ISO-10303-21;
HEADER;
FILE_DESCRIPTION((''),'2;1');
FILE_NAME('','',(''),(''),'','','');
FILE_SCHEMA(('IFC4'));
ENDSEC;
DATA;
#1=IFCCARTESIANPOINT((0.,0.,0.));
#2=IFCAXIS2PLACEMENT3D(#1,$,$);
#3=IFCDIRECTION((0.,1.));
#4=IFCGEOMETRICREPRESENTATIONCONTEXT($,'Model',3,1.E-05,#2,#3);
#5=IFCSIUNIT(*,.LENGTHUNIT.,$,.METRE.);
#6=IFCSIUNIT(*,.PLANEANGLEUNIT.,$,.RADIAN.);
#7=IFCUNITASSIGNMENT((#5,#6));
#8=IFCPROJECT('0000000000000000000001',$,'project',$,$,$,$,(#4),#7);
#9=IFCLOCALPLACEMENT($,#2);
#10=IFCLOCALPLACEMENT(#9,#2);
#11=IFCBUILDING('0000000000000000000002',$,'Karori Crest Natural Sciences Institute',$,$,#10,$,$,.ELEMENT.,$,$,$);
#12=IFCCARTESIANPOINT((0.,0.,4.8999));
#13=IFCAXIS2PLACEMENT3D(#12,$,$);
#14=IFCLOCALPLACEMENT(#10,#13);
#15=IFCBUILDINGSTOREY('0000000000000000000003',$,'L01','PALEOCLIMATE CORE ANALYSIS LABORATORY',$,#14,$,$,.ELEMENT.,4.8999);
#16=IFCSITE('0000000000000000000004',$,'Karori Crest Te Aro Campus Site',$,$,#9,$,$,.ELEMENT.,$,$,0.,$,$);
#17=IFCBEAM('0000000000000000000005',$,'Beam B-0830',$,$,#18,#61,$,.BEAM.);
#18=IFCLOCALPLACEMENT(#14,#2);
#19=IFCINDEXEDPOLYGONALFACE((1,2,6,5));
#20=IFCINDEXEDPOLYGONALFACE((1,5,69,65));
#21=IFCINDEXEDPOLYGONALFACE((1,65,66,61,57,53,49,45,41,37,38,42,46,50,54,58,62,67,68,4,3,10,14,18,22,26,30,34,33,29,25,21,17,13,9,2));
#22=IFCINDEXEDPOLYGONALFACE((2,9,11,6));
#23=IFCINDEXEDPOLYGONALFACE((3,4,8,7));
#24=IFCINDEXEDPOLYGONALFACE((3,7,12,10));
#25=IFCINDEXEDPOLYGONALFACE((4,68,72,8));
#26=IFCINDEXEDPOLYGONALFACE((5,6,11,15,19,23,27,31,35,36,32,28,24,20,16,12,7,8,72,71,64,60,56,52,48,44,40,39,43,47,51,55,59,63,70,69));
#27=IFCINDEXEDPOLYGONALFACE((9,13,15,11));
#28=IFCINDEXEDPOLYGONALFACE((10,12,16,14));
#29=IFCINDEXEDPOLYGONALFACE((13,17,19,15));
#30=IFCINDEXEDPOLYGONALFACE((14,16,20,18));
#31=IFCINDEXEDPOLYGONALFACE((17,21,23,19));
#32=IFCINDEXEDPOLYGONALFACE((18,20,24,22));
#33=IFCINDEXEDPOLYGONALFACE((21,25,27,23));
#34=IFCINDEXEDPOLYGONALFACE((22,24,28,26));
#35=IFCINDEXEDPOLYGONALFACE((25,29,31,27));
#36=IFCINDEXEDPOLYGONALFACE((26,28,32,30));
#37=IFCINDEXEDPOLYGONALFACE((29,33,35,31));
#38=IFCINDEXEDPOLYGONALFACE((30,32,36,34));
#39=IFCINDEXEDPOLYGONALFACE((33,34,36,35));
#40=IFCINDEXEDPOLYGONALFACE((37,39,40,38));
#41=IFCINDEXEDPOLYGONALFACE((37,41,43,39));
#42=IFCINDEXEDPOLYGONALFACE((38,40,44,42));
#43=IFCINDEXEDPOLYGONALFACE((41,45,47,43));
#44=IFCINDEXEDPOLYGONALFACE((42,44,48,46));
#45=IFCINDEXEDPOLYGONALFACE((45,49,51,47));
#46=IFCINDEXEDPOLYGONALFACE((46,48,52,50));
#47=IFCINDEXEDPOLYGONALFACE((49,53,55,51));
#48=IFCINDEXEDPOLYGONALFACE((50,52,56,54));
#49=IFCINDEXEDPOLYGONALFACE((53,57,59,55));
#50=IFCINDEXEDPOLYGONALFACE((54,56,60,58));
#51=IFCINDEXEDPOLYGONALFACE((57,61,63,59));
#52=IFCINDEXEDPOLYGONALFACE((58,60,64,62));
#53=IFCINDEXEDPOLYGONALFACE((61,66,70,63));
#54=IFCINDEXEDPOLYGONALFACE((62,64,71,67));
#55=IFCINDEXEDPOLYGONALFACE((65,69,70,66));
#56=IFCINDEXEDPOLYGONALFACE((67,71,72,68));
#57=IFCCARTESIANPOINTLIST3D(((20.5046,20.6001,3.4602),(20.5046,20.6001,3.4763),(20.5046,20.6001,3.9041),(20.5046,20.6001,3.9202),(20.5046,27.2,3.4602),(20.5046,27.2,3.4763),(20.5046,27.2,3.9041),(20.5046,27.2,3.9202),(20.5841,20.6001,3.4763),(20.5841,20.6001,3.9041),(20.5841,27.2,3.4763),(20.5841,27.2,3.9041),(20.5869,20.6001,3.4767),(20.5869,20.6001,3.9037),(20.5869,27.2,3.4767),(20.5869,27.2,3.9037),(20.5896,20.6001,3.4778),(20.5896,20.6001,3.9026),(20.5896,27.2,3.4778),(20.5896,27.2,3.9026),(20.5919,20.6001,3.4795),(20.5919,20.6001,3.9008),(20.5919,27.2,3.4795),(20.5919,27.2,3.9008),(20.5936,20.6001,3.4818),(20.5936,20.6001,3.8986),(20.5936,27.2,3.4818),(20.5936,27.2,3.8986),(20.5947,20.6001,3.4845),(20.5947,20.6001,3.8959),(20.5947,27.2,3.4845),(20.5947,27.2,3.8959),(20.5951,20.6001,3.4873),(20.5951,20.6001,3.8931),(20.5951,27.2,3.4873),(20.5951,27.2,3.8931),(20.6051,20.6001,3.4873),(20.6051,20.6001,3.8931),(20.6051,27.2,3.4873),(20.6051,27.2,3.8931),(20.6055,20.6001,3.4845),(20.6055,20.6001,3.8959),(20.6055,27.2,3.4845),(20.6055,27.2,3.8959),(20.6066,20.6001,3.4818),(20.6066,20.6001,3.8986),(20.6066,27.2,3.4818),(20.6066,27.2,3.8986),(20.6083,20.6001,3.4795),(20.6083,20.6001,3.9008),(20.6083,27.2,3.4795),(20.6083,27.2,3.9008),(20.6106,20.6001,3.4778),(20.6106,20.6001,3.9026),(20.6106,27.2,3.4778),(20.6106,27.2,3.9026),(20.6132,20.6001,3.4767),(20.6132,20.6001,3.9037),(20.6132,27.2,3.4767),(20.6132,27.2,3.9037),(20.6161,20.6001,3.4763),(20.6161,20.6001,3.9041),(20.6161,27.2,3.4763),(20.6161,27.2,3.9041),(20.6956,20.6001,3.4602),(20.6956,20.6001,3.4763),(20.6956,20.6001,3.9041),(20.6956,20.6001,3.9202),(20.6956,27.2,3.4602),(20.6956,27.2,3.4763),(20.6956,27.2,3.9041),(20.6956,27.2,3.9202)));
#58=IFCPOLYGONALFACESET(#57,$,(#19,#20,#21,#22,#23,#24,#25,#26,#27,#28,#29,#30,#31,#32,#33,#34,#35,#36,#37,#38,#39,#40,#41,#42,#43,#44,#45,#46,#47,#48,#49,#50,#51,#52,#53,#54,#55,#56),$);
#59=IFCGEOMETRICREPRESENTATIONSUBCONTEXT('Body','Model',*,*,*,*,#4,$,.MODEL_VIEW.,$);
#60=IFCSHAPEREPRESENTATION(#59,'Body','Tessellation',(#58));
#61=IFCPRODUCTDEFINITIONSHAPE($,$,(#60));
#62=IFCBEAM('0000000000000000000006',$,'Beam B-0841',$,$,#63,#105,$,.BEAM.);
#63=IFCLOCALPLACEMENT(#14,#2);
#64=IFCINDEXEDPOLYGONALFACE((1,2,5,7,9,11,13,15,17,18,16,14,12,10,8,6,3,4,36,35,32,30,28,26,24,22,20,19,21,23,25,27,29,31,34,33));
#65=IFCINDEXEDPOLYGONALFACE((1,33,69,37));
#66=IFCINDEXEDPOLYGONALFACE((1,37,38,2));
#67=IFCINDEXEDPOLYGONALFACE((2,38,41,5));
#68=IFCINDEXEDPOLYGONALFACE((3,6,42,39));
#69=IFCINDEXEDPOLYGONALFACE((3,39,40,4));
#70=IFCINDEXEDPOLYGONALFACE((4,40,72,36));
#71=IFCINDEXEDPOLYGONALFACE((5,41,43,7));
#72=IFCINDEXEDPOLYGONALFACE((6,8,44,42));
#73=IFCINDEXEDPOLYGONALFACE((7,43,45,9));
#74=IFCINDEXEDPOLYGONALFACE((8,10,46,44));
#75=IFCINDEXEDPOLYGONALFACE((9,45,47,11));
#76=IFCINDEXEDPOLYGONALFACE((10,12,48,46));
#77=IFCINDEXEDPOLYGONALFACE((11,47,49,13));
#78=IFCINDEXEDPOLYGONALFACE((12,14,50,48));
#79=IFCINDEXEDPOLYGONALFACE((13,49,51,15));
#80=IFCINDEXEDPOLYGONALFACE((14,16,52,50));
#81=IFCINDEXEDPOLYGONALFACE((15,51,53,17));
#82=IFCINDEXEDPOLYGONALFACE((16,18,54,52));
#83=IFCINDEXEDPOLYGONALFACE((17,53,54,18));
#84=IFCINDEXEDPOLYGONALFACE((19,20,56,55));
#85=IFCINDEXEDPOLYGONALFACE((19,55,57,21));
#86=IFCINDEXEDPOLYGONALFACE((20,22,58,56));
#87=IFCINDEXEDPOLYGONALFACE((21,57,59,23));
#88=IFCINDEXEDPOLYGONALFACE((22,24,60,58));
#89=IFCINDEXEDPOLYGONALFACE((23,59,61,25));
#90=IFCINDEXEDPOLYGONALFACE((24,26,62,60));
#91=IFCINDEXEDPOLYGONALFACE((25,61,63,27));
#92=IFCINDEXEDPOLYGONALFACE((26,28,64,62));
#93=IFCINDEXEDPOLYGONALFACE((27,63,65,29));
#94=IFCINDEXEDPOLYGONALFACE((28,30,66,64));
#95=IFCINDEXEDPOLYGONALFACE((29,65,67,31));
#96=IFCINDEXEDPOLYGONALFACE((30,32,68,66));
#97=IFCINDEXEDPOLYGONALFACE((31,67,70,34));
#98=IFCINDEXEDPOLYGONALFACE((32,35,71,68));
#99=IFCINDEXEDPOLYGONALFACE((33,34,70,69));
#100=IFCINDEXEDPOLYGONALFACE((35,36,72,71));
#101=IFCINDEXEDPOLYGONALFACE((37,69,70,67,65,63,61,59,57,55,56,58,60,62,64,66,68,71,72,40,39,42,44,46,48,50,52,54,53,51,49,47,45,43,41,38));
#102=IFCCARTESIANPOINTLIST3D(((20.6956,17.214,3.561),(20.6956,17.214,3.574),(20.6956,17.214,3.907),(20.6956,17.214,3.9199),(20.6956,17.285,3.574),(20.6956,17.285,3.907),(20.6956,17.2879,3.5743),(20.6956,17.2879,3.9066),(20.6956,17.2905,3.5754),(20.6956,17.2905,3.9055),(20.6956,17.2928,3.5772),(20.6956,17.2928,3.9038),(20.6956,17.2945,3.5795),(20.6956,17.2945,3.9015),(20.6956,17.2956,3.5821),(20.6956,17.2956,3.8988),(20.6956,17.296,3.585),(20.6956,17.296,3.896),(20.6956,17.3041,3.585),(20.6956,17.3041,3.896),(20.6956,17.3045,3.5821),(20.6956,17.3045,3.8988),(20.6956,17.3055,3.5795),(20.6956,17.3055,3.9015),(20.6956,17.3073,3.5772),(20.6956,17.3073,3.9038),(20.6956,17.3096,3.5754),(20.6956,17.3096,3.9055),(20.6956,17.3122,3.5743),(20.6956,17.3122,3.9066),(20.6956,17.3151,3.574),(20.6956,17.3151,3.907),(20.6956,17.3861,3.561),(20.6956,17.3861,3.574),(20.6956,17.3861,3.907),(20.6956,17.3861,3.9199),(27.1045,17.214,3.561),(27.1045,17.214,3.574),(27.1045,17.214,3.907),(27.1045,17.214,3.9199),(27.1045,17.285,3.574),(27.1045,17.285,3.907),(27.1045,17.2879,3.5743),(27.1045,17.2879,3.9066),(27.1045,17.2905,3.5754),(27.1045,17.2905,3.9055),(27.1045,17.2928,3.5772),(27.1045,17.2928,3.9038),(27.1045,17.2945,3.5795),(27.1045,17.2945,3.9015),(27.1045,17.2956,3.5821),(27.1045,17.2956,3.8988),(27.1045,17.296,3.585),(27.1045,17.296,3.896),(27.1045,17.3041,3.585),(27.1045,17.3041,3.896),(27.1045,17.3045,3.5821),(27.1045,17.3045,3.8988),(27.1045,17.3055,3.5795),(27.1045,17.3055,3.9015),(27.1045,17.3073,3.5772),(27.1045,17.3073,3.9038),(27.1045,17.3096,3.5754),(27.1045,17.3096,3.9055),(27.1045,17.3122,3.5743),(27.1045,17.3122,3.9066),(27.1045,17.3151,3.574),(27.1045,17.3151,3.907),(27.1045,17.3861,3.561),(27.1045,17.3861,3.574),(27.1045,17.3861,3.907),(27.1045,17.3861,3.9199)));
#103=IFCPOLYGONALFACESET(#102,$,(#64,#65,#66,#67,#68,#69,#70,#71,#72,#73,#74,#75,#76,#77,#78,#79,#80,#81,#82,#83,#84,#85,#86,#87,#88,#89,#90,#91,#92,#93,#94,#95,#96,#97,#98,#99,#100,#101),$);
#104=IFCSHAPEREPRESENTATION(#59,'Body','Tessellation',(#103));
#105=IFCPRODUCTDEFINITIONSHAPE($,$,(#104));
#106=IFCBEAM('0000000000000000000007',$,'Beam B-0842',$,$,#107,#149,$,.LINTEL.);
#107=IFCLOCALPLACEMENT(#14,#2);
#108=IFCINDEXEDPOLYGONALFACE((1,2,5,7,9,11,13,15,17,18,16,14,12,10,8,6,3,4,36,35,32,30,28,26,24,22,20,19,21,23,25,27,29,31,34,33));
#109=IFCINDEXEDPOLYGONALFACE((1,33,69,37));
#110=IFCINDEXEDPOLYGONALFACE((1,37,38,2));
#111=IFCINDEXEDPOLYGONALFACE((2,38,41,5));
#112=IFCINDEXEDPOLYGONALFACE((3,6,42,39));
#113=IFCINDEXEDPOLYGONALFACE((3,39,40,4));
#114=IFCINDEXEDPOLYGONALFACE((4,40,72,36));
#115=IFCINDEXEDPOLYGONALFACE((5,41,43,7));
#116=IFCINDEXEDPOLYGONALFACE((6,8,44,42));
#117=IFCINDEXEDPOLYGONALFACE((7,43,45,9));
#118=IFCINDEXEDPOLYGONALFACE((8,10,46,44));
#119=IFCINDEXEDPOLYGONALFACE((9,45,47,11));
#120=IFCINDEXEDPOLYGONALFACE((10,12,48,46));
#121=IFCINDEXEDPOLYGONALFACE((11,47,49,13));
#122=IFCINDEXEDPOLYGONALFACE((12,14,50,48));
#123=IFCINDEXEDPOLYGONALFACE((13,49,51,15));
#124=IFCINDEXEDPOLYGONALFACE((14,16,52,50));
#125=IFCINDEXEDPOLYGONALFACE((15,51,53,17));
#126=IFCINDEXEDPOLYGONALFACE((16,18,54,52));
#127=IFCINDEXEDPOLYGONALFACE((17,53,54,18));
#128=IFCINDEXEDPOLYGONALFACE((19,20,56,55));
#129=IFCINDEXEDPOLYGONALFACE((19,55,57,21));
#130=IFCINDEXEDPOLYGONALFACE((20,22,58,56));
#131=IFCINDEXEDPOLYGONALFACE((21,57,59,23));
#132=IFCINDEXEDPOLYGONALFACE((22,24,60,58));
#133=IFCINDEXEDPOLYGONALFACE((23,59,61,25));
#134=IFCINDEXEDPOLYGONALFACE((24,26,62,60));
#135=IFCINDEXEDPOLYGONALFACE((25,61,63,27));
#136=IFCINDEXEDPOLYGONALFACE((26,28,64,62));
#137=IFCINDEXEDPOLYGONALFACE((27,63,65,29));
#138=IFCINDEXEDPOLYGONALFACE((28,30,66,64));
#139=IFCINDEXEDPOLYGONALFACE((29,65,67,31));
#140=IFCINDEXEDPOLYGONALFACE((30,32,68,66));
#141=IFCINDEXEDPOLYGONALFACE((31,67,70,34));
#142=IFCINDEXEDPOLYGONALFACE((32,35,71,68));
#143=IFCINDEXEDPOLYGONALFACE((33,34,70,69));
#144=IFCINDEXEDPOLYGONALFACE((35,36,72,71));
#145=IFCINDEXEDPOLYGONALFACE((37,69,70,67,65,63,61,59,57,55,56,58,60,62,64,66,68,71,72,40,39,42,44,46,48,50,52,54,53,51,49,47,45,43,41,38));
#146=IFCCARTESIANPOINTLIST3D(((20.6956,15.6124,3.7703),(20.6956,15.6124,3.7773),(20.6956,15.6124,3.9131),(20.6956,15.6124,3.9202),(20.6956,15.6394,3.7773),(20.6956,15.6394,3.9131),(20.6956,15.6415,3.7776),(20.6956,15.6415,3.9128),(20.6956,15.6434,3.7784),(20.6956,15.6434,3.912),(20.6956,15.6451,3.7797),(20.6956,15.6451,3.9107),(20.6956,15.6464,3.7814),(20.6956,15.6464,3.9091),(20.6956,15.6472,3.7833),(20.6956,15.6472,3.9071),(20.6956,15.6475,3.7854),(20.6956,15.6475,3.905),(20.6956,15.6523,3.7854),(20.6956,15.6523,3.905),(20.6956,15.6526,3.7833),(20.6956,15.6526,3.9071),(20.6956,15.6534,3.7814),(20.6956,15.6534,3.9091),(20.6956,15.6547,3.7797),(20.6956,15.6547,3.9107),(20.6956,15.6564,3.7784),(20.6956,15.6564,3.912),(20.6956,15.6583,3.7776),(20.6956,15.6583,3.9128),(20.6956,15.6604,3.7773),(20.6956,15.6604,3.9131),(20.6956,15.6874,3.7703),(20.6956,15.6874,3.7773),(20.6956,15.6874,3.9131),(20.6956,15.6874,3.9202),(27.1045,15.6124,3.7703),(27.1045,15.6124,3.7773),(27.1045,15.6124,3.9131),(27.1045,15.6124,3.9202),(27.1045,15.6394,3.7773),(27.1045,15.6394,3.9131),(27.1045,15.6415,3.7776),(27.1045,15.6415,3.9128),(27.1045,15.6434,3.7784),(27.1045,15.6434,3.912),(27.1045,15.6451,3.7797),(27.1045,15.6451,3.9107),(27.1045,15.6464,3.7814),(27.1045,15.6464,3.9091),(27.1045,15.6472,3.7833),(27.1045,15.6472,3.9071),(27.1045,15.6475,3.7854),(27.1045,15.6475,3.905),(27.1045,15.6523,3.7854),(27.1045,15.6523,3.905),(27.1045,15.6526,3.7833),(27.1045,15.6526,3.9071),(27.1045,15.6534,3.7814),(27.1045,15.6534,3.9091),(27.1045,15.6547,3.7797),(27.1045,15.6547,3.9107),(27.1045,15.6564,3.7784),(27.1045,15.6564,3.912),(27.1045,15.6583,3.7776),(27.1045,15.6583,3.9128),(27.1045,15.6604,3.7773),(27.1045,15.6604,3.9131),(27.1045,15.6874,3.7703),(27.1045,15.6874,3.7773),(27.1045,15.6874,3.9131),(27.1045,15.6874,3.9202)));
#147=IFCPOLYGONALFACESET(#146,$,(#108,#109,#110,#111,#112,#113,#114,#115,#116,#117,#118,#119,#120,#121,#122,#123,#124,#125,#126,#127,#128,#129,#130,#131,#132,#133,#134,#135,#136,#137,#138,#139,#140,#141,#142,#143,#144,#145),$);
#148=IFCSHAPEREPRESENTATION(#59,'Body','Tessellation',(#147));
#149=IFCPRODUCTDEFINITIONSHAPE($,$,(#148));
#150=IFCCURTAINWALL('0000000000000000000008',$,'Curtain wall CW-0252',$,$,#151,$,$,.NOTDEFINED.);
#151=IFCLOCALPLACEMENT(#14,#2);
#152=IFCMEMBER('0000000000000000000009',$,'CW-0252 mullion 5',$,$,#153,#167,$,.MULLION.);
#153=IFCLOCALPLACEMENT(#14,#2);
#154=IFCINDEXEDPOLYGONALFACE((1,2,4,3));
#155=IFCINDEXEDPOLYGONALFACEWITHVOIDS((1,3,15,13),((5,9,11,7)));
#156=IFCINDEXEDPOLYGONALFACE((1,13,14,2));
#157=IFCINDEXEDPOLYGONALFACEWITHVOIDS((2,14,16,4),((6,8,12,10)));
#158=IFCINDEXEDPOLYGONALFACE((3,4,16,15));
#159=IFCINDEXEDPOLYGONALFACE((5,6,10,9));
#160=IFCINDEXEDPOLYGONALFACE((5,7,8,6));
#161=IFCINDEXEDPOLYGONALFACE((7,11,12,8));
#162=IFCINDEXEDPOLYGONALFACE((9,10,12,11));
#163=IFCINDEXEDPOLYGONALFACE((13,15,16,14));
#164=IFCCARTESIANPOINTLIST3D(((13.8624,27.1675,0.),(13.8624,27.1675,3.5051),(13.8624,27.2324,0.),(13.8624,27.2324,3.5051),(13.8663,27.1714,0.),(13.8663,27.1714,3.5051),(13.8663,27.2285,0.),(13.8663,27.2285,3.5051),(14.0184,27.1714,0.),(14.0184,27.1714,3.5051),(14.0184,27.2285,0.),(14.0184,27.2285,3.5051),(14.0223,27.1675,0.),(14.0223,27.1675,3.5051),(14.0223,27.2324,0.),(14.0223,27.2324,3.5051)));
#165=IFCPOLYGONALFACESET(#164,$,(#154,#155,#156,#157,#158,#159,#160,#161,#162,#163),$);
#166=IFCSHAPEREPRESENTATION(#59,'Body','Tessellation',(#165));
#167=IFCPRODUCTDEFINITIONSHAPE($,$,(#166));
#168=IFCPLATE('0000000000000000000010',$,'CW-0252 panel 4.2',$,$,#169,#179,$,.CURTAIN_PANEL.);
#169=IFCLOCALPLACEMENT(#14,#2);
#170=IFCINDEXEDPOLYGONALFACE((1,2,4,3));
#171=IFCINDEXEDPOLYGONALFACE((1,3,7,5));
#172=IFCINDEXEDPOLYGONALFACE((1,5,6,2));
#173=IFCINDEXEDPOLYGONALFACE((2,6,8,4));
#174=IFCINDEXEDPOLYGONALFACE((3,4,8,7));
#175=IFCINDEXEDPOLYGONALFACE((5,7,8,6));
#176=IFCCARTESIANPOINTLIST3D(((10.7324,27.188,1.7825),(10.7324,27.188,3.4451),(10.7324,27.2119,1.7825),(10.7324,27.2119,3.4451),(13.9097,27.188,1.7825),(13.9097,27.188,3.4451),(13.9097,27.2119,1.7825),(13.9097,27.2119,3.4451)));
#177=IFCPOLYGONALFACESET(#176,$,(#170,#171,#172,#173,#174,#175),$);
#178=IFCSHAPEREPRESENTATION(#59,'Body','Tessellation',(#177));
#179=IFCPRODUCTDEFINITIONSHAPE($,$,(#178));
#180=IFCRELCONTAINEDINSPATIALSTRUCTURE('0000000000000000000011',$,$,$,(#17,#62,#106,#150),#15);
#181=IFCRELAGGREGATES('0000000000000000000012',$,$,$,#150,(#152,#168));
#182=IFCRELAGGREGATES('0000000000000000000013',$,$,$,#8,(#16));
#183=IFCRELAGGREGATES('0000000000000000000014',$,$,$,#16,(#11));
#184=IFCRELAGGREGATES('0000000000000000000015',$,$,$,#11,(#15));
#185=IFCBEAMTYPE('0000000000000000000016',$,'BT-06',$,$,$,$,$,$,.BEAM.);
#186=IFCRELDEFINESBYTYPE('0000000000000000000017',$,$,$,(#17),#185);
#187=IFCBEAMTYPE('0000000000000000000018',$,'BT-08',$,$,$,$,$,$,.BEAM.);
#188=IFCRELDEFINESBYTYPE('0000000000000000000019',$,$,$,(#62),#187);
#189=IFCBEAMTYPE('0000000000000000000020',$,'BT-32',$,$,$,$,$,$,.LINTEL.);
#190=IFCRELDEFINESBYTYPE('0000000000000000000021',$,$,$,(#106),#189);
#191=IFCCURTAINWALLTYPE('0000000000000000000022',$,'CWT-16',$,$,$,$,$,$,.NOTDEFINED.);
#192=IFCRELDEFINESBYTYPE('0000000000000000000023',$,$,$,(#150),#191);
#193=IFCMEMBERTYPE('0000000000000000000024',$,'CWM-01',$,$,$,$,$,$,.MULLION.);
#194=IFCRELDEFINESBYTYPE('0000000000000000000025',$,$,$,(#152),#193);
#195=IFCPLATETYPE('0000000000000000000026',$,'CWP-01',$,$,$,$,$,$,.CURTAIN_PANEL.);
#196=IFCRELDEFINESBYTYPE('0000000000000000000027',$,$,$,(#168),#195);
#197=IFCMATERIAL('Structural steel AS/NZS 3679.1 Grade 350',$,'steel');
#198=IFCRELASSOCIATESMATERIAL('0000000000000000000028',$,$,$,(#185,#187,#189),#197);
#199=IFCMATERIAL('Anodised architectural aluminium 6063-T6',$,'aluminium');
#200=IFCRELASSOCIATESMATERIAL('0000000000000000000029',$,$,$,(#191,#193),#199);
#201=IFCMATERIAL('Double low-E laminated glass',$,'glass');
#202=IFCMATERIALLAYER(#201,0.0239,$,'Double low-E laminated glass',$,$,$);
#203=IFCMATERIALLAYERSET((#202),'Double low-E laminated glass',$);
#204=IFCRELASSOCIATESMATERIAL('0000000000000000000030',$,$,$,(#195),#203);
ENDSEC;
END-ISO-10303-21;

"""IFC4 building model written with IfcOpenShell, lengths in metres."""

from ifc_helpers import new_model, si_unit, direction, frame, origin, origin_2d, place, context, subcontext, project, spatial, rectangle, hollow_rectangle, i_section, extrude, material, layer, layer_set, material_profile, profile_set, type_object, element, aggregate, save


model = new_model("IFC4")

# Units and contexts
model_context = context("Model", 3, precision=1e-05, world=origin(), true_north=direction((0.0, 1.0)))
body_context = subcontext(model_context, "Body", "Model", "MODEL_VIEW")
ifc_project = project(units=[si_unit("LENGTHUNIT", "METRE"), si_unit("PLANEANGLEUNIT", "RADIAN")], contexts=[model_context])

# Site, building, storey
site_placement = place(None, origin())
site = spatial("IfcSite", under=ifc_project, at=site_placement, Name="Karori Crest Te Aro Campus Site", CompositionType="ELEMENT", RefElevation=0.0)
building_placement = place(site_placement, origin())
building = spatial("IfcBuilding", under=site, at=building_placement, Name="Karori Crest Natural Sciences Institute", CompositionType="ELEMENT")
storey_placement = place(building_placement, frame((0.0, 0.0, 4.8999)))
storey = spatial("IfcBuildingStorey", under=building, at=storey_placement, Name="L01", Description="PALEOCLIMATE CORE ANALYSIS LABORATORY", CompositionType="ELEMENT", Elevation=4.8999)

# Beams
ifc_material_1 = material(Name="Structural steel AS/NZS 3679.1 Grade 350", Category="steel")
ifc_material_profile_1 = material_profile(ifc_material_1, i_section(OverallWidth=0.1909, OverallDepth=0.46, WebThickness=0.01, FlangeThickness=0.0161, FilletRadius=0.011, at=origin_2d()), Name="460UB82.1")
ifc_profile_set_1 = profile_set([ifc_material_profile_1], Name="Structural steel AS/NZS 3679.1 Grade 350")
beam_type_1 = type_object("IfcBeamType", Name="BT-06", PredefinedType="BEAM", material=ifc_profile_set_1)
beam_1_placement = place(storey_placement, frame((20.6001, 20.6001, 3.6902), z_axis=(0.0, 1.0, 0.0), x_axis=(-1.0, 0.0, 0.0)))
element("IfcBeam", 1, at=beam_1_placement, inside=storey, type_object=beam_type_1, Name="Beam B-0830", PredefinedType="BEAM", context=body_context, shape_type="SweptSolid", body=[
    extrude(i_section(OverallWidth=0.1909, OverallDepth=0.46, WebThickness=0.01, FlangeThickness=0.0161, FilletRadius=0.011, at=origin_2d()), origin(), (0.0, 0.0, 1.0), 6.5999),
])
ifc_material_profile_2 = material_profile(ifc_material_1, i_section(OverallWidth=0.1721, OverallDepth=0.3589, WebThickness=0.0081, FlangeThickness=0.0129, FilletRadius=0.011, at=origin_2d()), Name="360UB56.7")
ifc_profile_set_2 = profile_set([ifc_material_profile_2], Name="Structural steel AS/NZS 3679.1 Grade 350")
beam_type_2 = type_object("IfcBeamType", Name="BT-08", PredefinedType="BEAM", material=ifc_profile_set_2)
beam_2_placement = place(storey_placement, frame((20.6956, 17.3, 3.7405), z_axis=(1.0, 0.0, 0.0), x_axis=(0.0, 1.0, 0.0)))
element("IfcBeam", 2, at=beam_2_placement, inside=storey, type_object=beam_type_2, Name="Beam B-0841", PredefinedType="BEAM", context=body_context, shape_type="SweptSolid", body=[
    extrude(i_section(OverallWidth=0.1721, OverallDepth=0.3589, WebThickness=0.0081, FlangeThickness=0.0129, FilletRadius=0.011, at=origin_2d()), origin(), (0.0, 0.0, 1.0), 6.4089),
])
ifc_material_profile_3 = material_profile(ifc_material_1, i_section(OverallWidth=0.075, OverallDepth=0.1499, WebThickness=0.0049, FlangeThickness=0.0071, FilletRadius=0.0081, at=origin_2d()), Name="150UB14.0")
ifc_profile_set_3 = profile_set([ifc_material_profile_3], Name="Structural steel AS/NZS 3679.1 Grade 350")
beam_type_3 = type_object("IfcBeamType", Name="BT-32", PredefinedType="LINTEL", material=ifc_profile_set_3)
beam_3_placement = place(storey_placement, frame((20.6956, 15.6499, 3.8452), z_axis=(1.0, 0.0, 0.0), x_axis=(0.0, 1.0, 0.0)))
element("IfcBeam", 3, at=beam_3_placement, inside=storey, type_object=beam_type_3, Name="Beam B-0842", PredefinedType="LINTEL", context=body_context, shape_type="SweptSolid", body=[
    extrude(i_section(OverallWidth=0.075, OverallDepth=0.1499, WebThickness=0.0049, FlangeThickness=0.0071, FilletRadius=0.0081, at=origin_2d()), origin(), (0.0, 0.0, 1.0), 6.4089),
])

# Curtain wall, member, plate
ifc_material_2 = material(Name="Anodised architectural aluminium 6063-T6", Category="aluminium")
curtain_wall_type = type_object("IfcCurtainWallType", Name="CWT-16", PredefinedType="NOTDEFINED", material=ifc_material_2)
curtain_wall_placement = place(storey_placement, origin())
curtain_wall = element("IfcCurtainWall", 4, at=curtain_wall_placement, inside=storey, type_object=curtain_wall_type, Name="Curtain wall CW-0252", PredefinedType="NOTDEFINED")
ifc_material_profile_4 = material_profile(ifc_material_2, hollow_rectangle(XDim=0.0649, YDim=0.1599, WallThickness=0.0039, at=origin_2d()), Name="CWM160x65x4")
ifc_profile_set_4 = profile_set([ifc_material_profile_4], Name="Anodised architectural aluminium 6063-T6")
member_type = type_object("IfcMemberType", Name="CWM-01", PredefinedType="MULLION", material=ifc_profile_set_4)
member_placement = place(storey_placement, frame((13.9424, 27.2, 0.0), z_axis=(0.0, 0.0, 1.0), x_axis=(0.0, 1.0, 0.0)))
member = element("IfcMember", 5, at=member_placement, type_object=member_type, Name="CW-0252 mullion 5", PredefinedType="MULLION", context=body_context, shape_type="SweptSolid", body=[
    extrude(hollow_rectangle(XDim=0.0649, YDim=0.1599, WallThickness=0.0039, at=origin_2d()), origin(), (0.0, 0.0, 1.0), 3.5051),
])
ifc_material_3 = material(Name="Double low-E laminated glass", Category="glass")
ifc_layer_1 = layer(ifc_material_3, 0.0239, Name="Double low-E laminated glass")
ifc_layer_set_1 = layer_set([ifc_layer_1], Name="Double low-E laminated glass")
plate_type = type_object("IfcPlateType", Name="CWP-01", PredefinedType="CURTAIN_PANEL", material=ifc_layer_set_1)
plate_placement = place(storey_placement, frame((12.321, 27.2, 1.7825), z_axis=(0.0, 0.0, 1.0), x_axis=(1.0, 0.0, 0.0)))
plate = element("IfcPlate", 6, at=plate_placement, type_object=plate_type, Name="CW-0252 panel 4.2", PredefinedType="CURTAIN_PANEL", context=body_context, shape_type="SweptSolid", body=[
    extrude(rectangle(XDim=3.1772, YDim=0.0239, at=origin_2d()), origin(), (0.0, 0.0, 1.0), 1.6626),
])
aggregate(curtain_wall, [member, plate])

save(model, "model.ifc")
